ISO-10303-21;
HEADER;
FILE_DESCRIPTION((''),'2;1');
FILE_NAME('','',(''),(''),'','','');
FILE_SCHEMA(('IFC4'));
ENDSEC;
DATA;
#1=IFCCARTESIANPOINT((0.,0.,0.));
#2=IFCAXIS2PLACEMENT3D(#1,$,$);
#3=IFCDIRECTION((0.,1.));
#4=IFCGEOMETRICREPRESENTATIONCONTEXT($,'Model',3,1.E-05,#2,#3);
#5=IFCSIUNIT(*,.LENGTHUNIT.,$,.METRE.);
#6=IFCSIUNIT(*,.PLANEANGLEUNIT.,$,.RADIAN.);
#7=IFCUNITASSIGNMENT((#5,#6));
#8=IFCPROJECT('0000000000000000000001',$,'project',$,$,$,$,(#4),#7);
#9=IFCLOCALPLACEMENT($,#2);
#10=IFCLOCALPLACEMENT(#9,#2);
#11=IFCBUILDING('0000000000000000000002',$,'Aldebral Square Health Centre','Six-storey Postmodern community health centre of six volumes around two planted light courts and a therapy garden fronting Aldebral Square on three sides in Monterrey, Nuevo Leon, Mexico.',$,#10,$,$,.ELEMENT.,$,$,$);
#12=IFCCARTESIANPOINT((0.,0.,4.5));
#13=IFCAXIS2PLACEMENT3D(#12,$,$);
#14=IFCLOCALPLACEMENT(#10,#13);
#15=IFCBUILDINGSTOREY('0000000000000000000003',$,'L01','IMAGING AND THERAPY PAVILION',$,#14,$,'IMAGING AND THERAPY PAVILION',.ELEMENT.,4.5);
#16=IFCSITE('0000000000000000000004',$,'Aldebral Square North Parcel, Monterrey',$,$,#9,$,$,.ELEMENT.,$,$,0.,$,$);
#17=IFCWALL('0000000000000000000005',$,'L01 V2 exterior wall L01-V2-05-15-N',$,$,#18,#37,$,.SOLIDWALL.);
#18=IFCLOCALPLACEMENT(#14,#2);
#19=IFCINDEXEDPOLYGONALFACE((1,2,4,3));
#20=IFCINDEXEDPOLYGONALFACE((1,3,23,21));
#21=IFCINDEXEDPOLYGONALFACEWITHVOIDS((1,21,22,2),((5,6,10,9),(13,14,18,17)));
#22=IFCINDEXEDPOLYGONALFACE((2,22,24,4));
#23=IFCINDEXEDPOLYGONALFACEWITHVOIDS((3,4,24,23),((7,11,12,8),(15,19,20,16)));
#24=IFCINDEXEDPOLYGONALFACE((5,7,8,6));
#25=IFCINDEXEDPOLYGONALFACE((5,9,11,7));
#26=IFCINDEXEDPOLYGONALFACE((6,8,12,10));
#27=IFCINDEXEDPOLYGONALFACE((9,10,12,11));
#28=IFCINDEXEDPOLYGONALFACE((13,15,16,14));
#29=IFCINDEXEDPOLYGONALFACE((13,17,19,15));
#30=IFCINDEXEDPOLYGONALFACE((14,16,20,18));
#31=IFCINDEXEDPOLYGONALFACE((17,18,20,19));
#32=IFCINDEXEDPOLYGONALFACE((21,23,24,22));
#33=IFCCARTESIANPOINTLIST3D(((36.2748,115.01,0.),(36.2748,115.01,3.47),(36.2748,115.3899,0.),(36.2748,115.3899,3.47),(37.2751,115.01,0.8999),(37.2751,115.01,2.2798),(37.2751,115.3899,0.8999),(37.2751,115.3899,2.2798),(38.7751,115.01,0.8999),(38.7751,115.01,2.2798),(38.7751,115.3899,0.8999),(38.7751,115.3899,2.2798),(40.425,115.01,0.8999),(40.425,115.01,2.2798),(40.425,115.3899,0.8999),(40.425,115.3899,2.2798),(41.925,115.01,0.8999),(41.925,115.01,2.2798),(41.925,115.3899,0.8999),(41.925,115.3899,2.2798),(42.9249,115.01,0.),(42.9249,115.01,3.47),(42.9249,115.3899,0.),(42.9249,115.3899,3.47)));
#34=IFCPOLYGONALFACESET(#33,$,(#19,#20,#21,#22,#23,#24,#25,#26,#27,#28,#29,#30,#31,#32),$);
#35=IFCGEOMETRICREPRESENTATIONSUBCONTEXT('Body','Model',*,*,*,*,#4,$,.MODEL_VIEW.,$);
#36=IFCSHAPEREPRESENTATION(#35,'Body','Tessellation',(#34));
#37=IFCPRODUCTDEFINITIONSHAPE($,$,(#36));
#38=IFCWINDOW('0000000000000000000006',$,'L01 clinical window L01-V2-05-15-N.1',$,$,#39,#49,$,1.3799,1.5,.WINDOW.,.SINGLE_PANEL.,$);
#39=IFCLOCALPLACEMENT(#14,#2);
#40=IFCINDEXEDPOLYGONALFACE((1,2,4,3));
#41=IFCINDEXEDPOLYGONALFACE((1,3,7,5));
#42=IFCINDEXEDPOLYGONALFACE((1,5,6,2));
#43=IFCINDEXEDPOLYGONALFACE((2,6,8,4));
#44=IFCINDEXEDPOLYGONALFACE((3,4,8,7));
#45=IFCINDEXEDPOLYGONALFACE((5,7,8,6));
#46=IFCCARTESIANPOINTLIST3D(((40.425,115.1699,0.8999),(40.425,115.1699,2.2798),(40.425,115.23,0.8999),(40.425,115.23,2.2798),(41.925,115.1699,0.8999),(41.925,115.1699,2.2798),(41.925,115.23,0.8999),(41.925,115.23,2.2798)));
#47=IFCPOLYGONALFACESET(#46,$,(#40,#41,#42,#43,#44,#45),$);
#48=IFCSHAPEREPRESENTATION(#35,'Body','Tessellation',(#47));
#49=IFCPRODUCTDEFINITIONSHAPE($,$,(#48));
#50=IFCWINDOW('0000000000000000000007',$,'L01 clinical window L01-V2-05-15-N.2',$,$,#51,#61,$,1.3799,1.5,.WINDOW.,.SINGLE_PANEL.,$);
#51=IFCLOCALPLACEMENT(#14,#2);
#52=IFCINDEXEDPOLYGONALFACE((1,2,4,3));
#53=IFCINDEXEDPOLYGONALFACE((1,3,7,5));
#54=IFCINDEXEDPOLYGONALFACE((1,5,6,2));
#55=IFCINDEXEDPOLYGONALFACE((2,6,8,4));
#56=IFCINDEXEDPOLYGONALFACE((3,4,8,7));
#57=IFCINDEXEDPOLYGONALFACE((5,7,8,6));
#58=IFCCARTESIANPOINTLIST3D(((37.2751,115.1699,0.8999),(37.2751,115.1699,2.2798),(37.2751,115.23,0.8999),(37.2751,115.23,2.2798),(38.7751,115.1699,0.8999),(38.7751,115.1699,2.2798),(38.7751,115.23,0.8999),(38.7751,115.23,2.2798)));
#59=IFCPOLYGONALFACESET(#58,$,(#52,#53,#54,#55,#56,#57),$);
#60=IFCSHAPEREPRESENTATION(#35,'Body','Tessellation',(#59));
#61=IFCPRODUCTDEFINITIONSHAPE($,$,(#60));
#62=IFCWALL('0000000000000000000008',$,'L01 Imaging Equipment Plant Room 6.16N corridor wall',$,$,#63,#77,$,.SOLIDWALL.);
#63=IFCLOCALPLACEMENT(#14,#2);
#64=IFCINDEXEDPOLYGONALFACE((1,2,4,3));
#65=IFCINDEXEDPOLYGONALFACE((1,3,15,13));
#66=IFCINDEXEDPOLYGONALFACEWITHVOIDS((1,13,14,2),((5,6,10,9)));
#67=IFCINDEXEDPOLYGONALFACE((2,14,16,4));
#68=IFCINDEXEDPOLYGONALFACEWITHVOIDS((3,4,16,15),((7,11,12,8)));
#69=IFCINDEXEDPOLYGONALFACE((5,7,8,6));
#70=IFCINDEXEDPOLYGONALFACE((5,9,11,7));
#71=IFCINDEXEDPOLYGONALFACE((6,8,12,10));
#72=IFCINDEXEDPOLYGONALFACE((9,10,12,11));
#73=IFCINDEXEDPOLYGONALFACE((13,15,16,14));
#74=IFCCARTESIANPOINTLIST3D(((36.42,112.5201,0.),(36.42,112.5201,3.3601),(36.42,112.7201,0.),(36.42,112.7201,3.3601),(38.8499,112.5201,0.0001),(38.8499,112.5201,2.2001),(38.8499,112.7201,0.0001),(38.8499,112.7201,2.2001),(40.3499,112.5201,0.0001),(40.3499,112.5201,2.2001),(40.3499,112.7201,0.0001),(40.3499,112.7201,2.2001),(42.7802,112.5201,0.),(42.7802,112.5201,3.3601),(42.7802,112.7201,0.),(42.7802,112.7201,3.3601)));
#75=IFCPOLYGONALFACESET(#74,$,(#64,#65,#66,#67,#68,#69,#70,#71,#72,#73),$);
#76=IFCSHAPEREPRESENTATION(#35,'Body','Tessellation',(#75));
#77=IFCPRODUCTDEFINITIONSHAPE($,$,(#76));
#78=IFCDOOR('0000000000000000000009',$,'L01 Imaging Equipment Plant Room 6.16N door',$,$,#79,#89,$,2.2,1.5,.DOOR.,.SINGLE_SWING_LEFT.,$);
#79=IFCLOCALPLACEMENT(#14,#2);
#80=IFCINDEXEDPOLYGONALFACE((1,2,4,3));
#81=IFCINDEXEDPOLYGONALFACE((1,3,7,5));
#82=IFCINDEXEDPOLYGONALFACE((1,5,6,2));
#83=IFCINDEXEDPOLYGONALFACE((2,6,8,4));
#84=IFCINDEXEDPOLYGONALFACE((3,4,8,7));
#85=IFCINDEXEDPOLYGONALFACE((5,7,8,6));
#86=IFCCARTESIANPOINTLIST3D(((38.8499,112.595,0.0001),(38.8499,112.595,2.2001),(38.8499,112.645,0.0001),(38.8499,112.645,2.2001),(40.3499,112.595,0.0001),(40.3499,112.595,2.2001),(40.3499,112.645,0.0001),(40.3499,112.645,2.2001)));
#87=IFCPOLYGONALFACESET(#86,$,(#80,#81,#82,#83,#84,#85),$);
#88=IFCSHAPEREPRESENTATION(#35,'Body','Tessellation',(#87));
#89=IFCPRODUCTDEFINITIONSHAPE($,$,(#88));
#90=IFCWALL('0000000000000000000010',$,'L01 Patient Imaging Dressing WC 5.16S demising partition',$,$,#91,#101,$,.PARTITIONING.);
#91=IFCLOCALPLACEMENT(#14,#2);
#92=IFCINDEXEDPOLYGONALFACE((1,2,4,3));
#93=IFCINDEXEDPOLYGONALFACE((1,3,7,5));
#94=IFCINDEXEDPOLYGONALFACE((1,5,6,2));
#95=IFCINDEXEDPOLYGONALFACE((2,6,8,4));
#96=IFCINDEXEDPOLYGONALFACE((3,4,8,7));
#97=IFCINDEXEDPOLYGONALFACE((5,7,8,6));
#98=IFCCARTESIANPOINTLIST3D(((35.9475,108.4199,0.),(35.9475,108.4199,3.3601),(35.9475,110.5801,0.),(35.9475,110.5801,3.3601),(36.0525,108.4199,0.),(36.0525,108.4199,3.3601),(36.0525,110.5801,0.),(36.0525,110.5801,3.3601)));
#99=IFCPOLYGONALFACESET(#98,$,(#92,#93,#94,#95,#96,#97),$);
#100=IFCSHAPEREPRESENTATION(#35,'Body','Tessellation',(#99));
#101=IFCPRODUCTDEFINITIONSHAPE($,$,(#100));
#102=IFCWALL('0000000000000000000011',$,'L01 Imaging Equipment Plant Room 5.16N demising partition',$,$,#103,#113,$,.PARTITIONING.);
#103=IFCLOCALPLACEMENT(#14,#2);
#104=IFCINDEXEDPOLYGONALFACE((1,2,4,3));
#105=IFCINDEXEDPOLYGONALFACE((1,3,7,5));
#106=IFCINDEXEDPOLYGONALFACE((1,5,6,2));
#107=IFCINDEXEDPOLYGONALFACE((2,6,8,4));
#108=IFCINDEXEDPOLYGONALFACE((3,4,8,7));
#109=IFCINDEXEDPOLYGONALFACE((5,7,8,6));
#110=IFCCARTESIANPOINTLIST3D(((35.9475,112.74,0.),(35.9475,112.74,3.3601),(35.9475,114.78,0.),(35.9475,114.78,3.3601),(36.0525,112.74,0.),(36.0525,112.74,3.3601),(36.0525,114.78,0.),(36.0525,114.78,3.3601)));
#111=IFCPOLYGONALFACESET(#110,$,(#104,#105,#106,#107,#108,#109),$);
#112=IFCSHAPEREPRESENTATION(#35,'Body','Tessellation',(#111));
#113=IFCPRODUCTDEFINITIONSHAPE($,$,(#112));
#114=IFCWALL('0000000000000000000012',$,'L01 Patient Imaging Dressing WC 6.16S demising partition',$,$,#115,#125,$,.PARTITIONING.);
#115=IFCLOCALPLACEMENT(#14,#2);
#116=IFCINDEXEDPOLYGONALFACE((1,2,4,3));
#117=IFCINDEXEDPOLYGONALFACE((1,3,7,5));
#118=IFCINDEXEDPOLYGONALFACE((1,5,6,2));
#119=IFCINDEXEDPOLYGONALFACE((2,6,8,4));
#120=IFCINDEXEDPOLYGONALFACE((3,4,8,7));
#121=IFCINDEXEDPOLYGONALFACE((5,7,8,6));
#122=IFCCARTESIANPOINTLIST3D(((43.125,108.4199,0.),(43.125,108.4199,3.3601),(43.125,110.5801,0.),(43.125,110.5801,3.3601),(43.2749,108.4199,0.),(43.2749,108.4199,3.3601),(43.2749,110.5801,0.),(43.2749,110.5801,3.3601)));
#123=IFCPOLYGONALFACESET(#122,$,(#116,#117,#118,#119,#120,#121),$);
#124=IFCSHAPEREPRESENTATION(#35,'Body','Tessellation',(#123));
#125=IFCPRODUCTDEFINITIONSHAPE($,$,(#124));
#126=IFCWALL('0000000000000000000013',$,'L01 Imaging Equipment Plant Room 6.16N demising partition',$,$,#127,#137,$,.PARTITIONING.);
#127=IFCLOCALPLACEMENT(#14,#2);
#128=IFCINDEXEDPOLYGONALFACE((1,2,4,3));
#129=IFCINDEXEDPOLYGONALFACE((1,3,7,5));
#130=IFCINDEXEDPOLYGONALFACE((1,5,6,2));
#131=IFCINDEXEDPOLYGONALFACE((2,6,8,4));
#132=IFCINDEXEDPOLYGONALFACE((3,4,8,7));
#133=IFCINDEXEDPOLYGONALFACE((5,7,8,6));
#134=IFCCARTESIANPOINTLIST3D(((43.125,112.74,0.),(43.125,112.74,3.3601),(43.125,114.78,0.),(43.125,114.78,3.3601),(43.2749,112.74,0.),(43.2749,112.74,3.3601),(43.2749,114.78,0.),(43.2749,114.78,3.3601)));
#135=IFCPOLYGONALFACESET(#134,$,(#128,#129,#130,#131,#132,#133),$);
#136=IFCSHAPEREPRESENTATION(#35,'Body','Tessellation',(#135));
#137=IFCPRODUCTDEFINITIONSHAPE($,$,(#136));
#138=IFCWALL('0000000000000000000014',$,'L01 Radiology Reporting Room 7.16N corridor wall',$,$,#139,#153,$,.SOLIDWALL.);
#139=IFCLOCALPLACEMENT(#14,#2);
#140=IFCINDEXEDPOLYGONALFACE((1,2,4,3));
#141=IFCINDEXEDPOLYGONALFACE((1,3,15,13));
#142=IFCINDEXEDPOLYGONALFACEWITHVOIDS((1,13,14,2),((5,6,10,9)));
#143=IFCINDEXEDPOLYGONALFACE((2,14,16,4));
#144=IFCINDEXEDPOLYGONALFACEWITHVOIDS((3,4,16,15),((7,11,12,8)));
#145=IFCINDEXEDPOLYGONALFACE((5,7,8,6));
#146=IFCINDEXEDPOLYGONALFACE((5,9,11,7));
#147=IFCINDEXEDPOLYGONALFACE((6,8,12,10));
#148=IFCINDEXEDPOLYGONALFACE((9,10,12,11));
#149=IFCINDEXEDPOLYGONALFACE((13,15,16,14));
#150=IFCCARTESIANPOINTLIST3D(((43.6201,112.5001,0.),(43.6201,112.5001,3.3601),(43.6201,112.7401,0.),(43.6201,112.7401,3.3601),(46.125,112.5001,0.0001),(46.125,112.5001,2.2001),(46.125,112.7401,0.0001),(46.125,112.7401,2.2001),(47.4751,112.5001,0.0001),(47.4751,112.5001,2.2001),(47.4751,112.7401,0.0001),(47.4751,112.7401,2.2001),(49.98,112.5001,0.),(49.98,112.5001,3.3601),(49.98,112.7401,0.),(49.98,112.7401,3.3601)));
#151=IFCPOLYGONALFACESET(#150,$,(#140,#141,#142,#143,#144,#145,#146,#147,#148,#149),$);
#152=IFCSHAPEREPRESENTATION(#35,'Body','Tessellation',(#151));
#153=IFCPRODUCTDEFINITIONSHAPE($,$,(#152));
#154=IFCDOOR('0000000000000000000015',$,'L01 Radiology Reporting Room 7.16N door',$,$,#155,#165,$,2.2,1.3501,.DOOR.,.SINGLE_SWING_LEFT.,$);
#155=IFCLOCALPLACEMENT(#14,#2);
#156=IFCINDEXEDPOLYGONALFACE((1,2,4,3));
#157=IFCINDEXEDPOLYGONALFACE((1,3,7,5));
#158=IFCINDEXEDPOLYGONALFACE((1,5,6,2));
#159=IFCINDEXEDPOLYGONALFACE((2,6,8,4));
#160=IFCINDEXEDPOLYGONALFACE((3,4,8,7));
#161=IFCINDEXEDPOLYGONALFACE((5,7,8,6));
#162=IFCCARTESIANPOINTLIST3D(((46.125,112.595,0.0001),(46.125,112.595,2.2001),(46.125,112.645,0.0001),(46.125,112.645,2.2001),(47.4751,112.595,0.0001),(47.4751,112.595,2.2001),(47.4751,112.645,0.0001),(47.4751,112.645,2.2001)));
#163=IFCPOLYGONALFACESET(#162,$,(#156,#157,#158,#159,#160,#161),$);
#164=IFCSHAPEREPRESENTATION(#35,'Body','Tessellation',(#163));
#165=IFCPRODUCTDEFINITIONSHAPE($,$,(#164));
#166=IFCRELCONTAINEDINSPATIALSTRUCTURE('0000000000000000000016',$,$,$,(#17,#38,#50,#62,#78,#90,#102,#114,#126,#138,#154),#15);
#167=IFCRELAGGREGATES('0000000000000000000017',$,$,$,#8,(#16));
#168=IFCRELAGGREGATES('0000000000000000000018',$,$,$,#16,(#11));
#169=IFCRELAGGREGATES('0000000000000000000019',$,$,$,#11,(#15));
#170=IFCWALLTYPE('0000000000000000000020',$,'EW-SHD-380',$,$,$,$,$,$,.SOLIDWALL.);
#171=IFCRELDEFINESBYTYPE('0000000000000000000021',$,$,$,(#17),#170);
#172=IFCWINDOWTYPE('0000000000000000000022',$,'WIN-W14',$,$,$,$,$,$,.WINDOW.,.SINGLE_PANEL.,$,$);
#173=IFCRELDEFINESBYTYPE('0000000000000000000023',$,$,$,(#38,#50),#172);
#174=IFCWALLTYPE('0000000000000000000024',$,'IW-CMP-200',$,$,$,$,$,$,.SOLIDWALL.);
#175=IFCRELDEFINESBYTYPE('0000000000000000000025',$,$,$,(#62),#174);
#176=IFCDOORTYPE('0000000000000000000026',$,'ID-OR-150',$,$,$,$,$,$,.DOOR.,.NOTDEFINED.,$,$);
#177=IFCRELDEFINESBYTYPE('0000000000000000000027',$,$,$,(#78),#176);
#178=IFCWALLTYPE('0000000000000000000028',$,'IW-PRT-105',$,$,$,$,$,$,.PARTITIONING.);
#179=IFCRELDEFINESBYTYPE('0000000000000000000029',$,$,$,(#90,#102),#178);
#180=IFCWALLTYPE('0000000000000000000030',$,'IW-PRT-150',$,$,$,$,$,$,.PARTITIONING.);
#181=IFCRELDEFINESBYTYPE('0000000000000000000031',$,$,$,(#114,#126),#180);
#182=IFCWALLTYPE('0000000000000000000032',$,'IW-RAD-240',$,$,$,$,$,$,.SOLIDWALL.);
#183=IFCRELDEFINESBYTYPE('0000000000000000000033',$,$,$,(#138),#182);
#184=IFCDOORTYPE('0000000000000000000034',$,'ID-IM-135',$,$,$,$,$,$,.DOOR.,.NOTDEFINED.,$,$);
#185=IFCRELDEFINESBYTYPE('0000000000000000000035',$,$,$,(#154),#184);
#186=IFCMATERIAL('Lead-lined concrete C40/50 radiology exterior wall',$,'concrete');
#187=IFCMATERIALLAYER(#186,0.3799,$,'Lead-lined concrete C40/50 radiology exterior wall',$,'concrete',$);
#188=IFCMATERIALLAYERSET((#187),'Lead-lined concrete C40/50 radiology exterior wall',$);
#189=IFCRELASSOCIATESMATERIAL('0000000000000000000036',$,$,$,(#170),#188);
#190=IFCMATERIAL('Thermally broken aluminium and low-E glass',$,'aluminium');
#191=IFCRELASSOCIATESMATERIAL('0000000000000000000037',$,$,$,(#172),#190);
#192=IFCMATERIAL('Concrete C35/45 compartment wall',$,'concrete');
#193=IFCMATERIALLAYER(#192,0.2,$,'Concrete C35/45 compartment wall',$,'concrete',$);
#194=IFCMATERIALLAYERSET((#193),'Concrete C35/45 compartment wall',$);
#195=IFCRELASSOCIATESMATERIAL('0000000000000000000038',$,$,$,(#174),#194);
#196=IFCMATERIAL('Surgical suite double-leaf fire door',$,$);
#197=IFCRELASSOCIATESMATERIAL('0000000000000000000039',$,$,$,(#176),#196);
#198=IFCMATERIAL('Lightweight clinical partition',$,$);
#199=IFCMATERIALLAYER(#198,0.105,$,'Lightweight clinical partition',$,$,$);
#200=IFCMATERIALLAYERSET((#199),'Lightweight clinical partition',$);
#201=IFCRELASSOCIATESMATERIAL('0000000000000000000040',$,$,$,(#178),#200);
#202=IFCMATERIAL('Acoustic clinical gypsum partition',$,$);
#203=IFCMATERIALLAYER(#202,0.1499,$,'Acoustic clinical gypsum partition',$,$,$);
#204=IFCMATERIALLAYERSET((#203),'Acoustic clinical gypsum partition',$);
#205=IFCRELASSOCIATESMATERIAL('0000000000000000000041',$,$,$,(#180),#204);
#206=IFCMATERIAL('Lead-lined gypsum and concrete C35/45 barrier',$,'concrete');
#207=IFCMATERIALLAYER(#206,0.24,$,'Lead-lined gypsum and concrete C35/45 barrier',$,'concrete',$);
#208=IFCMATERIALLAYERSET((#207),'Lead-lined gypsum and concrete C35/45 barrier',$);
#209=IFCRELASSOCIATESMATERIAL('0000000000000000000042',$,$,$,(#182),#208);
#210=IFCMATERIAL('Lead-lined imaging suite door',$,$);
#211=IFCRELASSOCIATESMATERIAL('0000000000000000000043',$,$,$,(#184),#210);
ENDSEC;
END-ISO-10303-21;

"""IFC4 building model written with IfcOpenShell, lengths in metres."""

from ifc_helpers import new_model, si_unit, direction, frame, frame_2d, origin, place, context, subcontext, project, spatial, rectangle, extrude, material, layer, layer_set, type_object, element, fill, save


model = new_model("IFC4")

# Units and contexts
model_context = context("Model", 3, precision=1e-05, world=origin(), true_north=direction((0.0, 1.0)))
body_context = subcontext(model_context, "Body", "Model", "MODEL_VIEW")
ifc_project = project(units=[si_unit("LENGTHUNIT", "METRE"), si_unit("PLANEANGLEUNIT", "RADIAN")], contexts=[model_context])

# Site, building, storey
site_placement = place(None, origin())
site = spatial("IfcSite", under=ifc_project, at=site_placement, Name="Aldebral Square North Parcel, Monterrey", CompositionType="ELEMENT", RefElevation=0.0)
building_placement = place(site_placement, origin())
building = spatial("IfcBuilding", under=site, at=building_placement, Name="Aldebral Square Health Centre", Description="Six-storey Postmodern community health centre of six volumes around two planted light courts and a therapy garden fronting Aldebral Square on three sides in Monterrey, Nuevo Leon, Mexico.", CompositionType="ELEMENT")
storey_placement = place(building_placement, frame((0.0, 0.0, 4.5)))
storey = spatial("IfcBuildingStorey", under=building, at=storey_placement, Name="L01", Description="IMAGING AND THERAPY PAVILION", LongName="IMAGING AND THERAPY PAVILION", CompositionType="ELEMENT", Elevation=4.5)

# Shared definitions
ifc_material_1 = material(Name="Lead-lined concrete C40/50 radiology exterior wall", Category="concrete")
ifc_layer_1 = layer(ifc_material_1, 0.3799, Name="Lead-lined concrete C40/50 radiology exterior wall", Category="concrete")
ifc_layer_set_1 = layer_set([ifc_layer_1], Name="Lead-lined concrete C40/50 radiology exterior wall")
wall_type_1 = type_object("IfcWallType", Name="EW-SHD-380", PredefinedType="SOLIDWALL", material=ifc_layer_set_1)

# Wall, openings, windows
wall_1_placement = place(storey_placement, frame((42.925, 115.2, 0.0), z_axis=(0.0, 0.0, 1.0), x_axis=(-1.0, 0.0, 0.0)))
wall_1 = element("IfcWall", 1, at=wall_1_placement, inside=storey, type_object=wall_type_1, Name="L01 V2 exterior wall L01-V2-05-15-N", PredefinedType="SOLIDWALL", context=body_context, shape_type="SweptSolid", body=[
    extrude(rectangle(XDim=6.6501, YDim=0.3799, at=frame_2d((3.3252, 0.0))), origin(), (0.0, 0.0, 1.0), 3.47),
])
opening_1_placement = place(wall_1_placement, frame((1.0, 0.0, 0.8999)))
opening_1 = element("IfcOpeningElement", 2, at=opening_1_placement, cuts=wall_1, PredefinedType="OPENING", context=body_context, shape_type="SweptSolid", body=[
    extrude(rectangle(XDim=1.5, YDim=1.3799, at=frame_2d((0.75, 0.6899))), frame((0.0, 0.2, 0.0), z_axis=(0.0, -1.0, 0.0), x_axis=(1.0, 0.0, 0.0)), (0.0, 0.0, 1.0), 0.3999),
])
opening_2_placement = place(wall_1_placement, frame((4.1499, 0.0, 0.8999)))
opening_2 = element("IfcOpeningElement", 3, at=opening_2_placement, cuts=wall_1, PredefinedType="OPENING", context=body_context, shape_type="SweptSolid", body=[
    extrude(rectangle(XDim=1.5, YDim=1.3799, at=frame_2d((0.75, 0.6899))), frame((0.0, 0.2, 0.0), z_axis=(0.0, -1.0, 0.0), x_axis=(1.0, 0.0, 0.0)), (0.0, 0.0, 1.0), 0.3999),
])
ifc_material_2 = material(Name="Thermally broken aluminium and low-E glass", Category="aluminium")
window_type = type_object("IfcWindowType", Name="WIN-W14", PartitioningType="SINGLE_PANEL", PredefinedType="WINDOW", material=ifc_material_2)
window_1_placement = place(opening_1_placement, origin())
window_1 = element("IfcWindow", 4, at=window_1_placement, inside=storey, type_object=window_type, Name="L01 clinical window L01-V2-05-15-N.1", OverallHeight=1.3799, OverallWidth=1.5, PartitioningType="SINGLE_PANEL", PredefinedType="WINDOW", context=body_context, shape_type="SweptSolid", body=[
    extrude(rectangle(XDim=1.5, YDim=1.3799, at=frame_2d((0.75, 0.6899))), frame((0.0, 0.03, 0.0), z_axis=(0.0, -1.0, 0.0), x_axis=(1.0, 0.0, 0.0)), (0.0, 0.0, 1.0), 0.0601),
])
fill(opening_1, window_1)
window_2_placement = place(opening_2_placement, origin())
window_2 = element("IfcWindow", 5, at=window_2_placement, inside=storey, type_object=window_type, Name="L01 clinical window L01-V2-05-15-N.2", OverallHeight=1.3799, OverallWidth=1.5, PartitioningType="SINGLE_PANEL", PredefinedType="WINDOW", context=body_context, shape_type="SweptSolid", body=[
    extrude(rectangle(XDim=1.5, YDim=1.3799, at=frame_2d((0.75, 0.6899))), frame((0.0, 0.03, 0.0), z_axis=(0.0, -1.0, 0.0), x_axis=(1.0, 0.0, 0.0)), (0.0, 0.0, 1.0), 0.0601),
])
fill(opening_2, window_2)

# Wall, opening, door
ifc_material_3 = material(Name="Concrete C35/45 compartment wall", Category="concrete")
ifc_layer_2 = layer(ifc_material_3, 0.2, Name="Concrete C35/45 compartment wall", Category="concrete")
ifc_layer_set_2 = layer_set([ifc_layer_2], Name="Concrete C35/45 compartment wall")
wall_type_2 = type_object("IfcWallType", Name="IW-CMP-200", PredefinedType="SOLIDWALL", material=ifc_layer_set_2)
wall_2_placement = place(storey_placement, frame((36.4199, 112.6201, 0.0), z_axis=(0.0, 0.0, 1.0), x_axis=(1.0, 0.0, 0.0)))
wall_2 = element("IfcWall", 6, at=wall_2_placement, inside=storey, type_object=wall_type_2, Name="L01 Imaging Equipment Plant Room 6.16N corridor wall", PredefinedType="SOLIDWALL", context=body_context, shape_type="SweptSolid", body=[
    extrude(rectangle(XDim=6.3601, YDim=0.2, at=frame_2d((3.1802, 0.0))), origin(), (0.0, 0.0, 1.0), 3.3601),
])
opening_3_placement = place(wall_2_placement, frame((2.4299, 0.0, 0.0)))
opening_3 = element("IfcOpeningElement", 7, at=opening_3_placement, cuts=wall_2, PredefinedType="OPENING", context=body_context, shape_type="SweptSolid", body=[
    extrude(rectangle(XDim=1.5, YDim=2.2, at=frame_2d((0.75, 1.1001))), frame((0.0, 0.1099, 0.0), z_axis=(0.0, -1.0, 0.0), x_axis=(1.0, 0.0, 0.0)), (0.0, 0.0, 1.0), 0.22),
])
ifc_material_4 = material(Name="Surgical suite double-leaf fire door")
door_type_1 = type_object("IfcDoorType", Name="ID-OR-150", OperationType="NOTDEFINED", PredefinedType="DOOR", material=ifc_material_4)
door_1_placement = place(opening_3_placement, origin())
door_1 = element("IfcDoor", 8, at=door_1_placement, inside=storey, type_object=door_type_1, Name="L01 Imaging Equipment Plant Room 6.16N door", OperationType="SINGLE_SWING_LEFT", OverallHeight=2.2, OverallWidth=1.5, PredefinedType="DOOR", context=body_context, shape_type="SweptSolid", body=[
    extrude(rectangle(XDim=1.5, YDim=2.2, at=frame_2d((0.75, 1.1001))), frame((0.0, 0.0249, 0.0), z_axis=(0.0, -1.0, 0.0), x_axis=(1.0, 0.0, 0.0)), (0.0, 0.0, 1.0), 0.05),
])
fill(opening_3, door_1)

# Walls
ifc_material_5 = material(Name="Lightweight clinical partition")
ifc_layer_3 = layer(ifc_material_5, 0.105, Name="Lightweight clinical partition")
ifc_layer_set_3 = layer_set([ifc_layer_3], Name="Lightweight clinical partition")
wall_type_3 = type_object("IfcWallType", Name="IW-PRT-105", PredefinedType="PARTITIONING", material=ifc_layer_set_3)
wall_3_placement = place(storey_placement, frame((36.0, 108.4199, 0.0), z_axis=(0.0, 0.0, 1.0), x_axis=(0.0, 1.0, 0.0)))
element("IfcWall", 9, at=wall_3_placement, inside=storey, type_object=wall_type_3, Name="L01 Patient Imaging Dressing WC 5.16S demising partition", PredefinedType="PARTITIONING", context=body_context, shape_type="SweptSolid", body=[
    extrude(rectangle(XDim=2.1602, YDim=0.105, at=frame_2d((1.0801, 0.0))), origin(), (0.0, 0.0, 1.0), 3.3601),
])
wall_4_placement = place(storey_placement, frame((36.0, 112.74, 0.0), z_axis=(0.0, 0.0, 1.0), x_axis=(0.0, 1.0, 0.0)))
element("IfcWall", 10, at=wall_4_placement, inside=storey, type_object=wall_type_3, Name="L01 Imaging Equipment Plant Room 5.16N demising partition", PredefinedType="PARTITIONING", context=body_context, shape_type="SweptSolid", body=[
    extrude(rectangle(XDim=2.04, YDim=0.105, at=frame_2d((1.02, 0.0))), origin(), (0.0, 0.0, 1.0), 3.3601),
])
ifc_material_6 = material(Name="Acoustic clinical gypsum partition")
ifc_layer_4 = layer(ifc_material_6, 0.1499, Name="Acoustic clinical gypsum partition")
ifc_layer_set_4 = layer_set([ifc_layer_4], Name="Acoustic clinical gypsum partition")
wall_type_4 = type_object("IfcWallType", Name="IW-PRT-150", PredefinedType="PARTITIONING", material=ifc_layer_set_4)
wall_5_placement = place(storey_placement, frame((43.2, 108.4199, 0.0), z_axis=(0.0, 0.0, 1.0), x_axis=(0.0, 1.0, 0.0)))
element("IfcWall", 11, at=wall_5_placement, inside=storey, type_object=wall_type_4, Name="L01 Patient Imaging Dressing WC 6.16S demising partition", PredefinedType="PARTITIONING", context=body_context, shape_type="SweptSolid", body=[
    extrude(rectangle(XDim=2.1602, YDim=0.1499, at=frame_2d((1.0801, 0.0))), origin(), (0.0, 0.0, 1.0), 3.3601),
])
wall_6_placement = place(storey_placement, frame((43.2, 112.74, 0.0), z_axis=(0.0, 0.0, 1.0), x_axis=(0.0, 1.0, 0.0)))
element("IfcWall", 12, at=wall_6_placement, inside=storey, type_object=wall_type_4, Name="L01 Imaging Equipment Plant Room 6.16N demising partition", PredefinedType="PARTITIONING", context=body_context, shape_type="SweptSolid", body=[
    extrude(rectangle(XDim=2.04, YDim=0.1499, at=frame_2d((1.02, 0.0))), origin(), (0.0, 0.0, 1.0), 3.3601),
])

# Wall, opening, door
ifc_material_7 = material(Name="Lead-lined gypsum and concrete C35/45 barrier", Category="concrete")
ifc_layer_5 = layer(ifc_material_7, 0.24, Name="Lead-lined gypsum and concrete C35/45 barrier", Category="concrete")
ifc_layer_set_5 = layer_set([ifc_layer_5], Name="Lead-lined gypsum and concrete C35/45 barrier")
wall_type_5 = type_object("IfcWallType", Name="IW-RAD-240", PredefinedType="SOLIDWALL", material=ifc_layer_set_5)
wall_7_placement = place(storey_placement, frame((43.6201, 112.6201, 0.0), z_axis=(0.0, 0.0, 1.0), x_axis=(1.0, 0.0, 0.0)))
wall_7 = element("IfcWall", 13, at=wall_7_placement, inside=storey, type_object=wall_type_5, Name="L01 Radiology Reporting Room 7.16N corridor wall", PredefinedType="SOLIDWALL", context=body_context, shape_type="SweptSolid", body=[
    extrude(rectangle(XDim=6.3599, YDim=0.24, at=frame_2d((3.1799, 0.0))), origin(), (0.0, 0.0, 1.0), 3.3601),
])
opening_4_placement = place(wall_7_placement, frame((2.5049, 0.0, 0.0)))
opening_4 = element("IfcOpeningElement", 14, at=opening_4_placement, cuts=wall_7, PredefinedType="OPENING", context=body_context, shape_type="SweptSolid", body=[
    extrude(rectangle(XDim=1.3501, YDim=2.2, at=frame_2d((0.675, 1.1001))), frame((0.0, 0.1299, 0.0), z_axis=(0.0, -1.0, 0.0), x_axis=(1.0, 0.0, 0.0)), (0.0, 0.0, 1.0), 0.26),
])
ifc_material_8 = material(Name="Lead-lined imaging suite door")
door_type_2 = type_object("IfcDoorType", Name="ID-IM-135", OperationType="NOTDEFINED", PredefinedType="DOOR", material=ifc_material_8)
door_2_placement = place(opening_4_placement, origin())
door_2 = element("IfcDoor", 15, at=door_2_placement, inside=storey, type_object=door_type_2, Name="L01 Radiology Reporting Room 7.16N door", OperationType="SINGLE_SWING_LEFT", OverallHeight=2.2, OverallWidth=1.3501, PredefinedType="DOOR", context=body_context, shape_type="SweptSolid", body=[
    extrude(rectangle(XDim=1.3501, YDim=2.2, at=frame_2d((0.675, 1.1001))), frame((0.0, 0.0249, 0.0), z_axis=(0.0, -1.0, 0.0), x_axis=(1.0, 0.0, 0.0)), (0.0, 0.0, 1.0), 0.05),
])
fill(opening_4, door_2)

save(model, "model.ifc")
